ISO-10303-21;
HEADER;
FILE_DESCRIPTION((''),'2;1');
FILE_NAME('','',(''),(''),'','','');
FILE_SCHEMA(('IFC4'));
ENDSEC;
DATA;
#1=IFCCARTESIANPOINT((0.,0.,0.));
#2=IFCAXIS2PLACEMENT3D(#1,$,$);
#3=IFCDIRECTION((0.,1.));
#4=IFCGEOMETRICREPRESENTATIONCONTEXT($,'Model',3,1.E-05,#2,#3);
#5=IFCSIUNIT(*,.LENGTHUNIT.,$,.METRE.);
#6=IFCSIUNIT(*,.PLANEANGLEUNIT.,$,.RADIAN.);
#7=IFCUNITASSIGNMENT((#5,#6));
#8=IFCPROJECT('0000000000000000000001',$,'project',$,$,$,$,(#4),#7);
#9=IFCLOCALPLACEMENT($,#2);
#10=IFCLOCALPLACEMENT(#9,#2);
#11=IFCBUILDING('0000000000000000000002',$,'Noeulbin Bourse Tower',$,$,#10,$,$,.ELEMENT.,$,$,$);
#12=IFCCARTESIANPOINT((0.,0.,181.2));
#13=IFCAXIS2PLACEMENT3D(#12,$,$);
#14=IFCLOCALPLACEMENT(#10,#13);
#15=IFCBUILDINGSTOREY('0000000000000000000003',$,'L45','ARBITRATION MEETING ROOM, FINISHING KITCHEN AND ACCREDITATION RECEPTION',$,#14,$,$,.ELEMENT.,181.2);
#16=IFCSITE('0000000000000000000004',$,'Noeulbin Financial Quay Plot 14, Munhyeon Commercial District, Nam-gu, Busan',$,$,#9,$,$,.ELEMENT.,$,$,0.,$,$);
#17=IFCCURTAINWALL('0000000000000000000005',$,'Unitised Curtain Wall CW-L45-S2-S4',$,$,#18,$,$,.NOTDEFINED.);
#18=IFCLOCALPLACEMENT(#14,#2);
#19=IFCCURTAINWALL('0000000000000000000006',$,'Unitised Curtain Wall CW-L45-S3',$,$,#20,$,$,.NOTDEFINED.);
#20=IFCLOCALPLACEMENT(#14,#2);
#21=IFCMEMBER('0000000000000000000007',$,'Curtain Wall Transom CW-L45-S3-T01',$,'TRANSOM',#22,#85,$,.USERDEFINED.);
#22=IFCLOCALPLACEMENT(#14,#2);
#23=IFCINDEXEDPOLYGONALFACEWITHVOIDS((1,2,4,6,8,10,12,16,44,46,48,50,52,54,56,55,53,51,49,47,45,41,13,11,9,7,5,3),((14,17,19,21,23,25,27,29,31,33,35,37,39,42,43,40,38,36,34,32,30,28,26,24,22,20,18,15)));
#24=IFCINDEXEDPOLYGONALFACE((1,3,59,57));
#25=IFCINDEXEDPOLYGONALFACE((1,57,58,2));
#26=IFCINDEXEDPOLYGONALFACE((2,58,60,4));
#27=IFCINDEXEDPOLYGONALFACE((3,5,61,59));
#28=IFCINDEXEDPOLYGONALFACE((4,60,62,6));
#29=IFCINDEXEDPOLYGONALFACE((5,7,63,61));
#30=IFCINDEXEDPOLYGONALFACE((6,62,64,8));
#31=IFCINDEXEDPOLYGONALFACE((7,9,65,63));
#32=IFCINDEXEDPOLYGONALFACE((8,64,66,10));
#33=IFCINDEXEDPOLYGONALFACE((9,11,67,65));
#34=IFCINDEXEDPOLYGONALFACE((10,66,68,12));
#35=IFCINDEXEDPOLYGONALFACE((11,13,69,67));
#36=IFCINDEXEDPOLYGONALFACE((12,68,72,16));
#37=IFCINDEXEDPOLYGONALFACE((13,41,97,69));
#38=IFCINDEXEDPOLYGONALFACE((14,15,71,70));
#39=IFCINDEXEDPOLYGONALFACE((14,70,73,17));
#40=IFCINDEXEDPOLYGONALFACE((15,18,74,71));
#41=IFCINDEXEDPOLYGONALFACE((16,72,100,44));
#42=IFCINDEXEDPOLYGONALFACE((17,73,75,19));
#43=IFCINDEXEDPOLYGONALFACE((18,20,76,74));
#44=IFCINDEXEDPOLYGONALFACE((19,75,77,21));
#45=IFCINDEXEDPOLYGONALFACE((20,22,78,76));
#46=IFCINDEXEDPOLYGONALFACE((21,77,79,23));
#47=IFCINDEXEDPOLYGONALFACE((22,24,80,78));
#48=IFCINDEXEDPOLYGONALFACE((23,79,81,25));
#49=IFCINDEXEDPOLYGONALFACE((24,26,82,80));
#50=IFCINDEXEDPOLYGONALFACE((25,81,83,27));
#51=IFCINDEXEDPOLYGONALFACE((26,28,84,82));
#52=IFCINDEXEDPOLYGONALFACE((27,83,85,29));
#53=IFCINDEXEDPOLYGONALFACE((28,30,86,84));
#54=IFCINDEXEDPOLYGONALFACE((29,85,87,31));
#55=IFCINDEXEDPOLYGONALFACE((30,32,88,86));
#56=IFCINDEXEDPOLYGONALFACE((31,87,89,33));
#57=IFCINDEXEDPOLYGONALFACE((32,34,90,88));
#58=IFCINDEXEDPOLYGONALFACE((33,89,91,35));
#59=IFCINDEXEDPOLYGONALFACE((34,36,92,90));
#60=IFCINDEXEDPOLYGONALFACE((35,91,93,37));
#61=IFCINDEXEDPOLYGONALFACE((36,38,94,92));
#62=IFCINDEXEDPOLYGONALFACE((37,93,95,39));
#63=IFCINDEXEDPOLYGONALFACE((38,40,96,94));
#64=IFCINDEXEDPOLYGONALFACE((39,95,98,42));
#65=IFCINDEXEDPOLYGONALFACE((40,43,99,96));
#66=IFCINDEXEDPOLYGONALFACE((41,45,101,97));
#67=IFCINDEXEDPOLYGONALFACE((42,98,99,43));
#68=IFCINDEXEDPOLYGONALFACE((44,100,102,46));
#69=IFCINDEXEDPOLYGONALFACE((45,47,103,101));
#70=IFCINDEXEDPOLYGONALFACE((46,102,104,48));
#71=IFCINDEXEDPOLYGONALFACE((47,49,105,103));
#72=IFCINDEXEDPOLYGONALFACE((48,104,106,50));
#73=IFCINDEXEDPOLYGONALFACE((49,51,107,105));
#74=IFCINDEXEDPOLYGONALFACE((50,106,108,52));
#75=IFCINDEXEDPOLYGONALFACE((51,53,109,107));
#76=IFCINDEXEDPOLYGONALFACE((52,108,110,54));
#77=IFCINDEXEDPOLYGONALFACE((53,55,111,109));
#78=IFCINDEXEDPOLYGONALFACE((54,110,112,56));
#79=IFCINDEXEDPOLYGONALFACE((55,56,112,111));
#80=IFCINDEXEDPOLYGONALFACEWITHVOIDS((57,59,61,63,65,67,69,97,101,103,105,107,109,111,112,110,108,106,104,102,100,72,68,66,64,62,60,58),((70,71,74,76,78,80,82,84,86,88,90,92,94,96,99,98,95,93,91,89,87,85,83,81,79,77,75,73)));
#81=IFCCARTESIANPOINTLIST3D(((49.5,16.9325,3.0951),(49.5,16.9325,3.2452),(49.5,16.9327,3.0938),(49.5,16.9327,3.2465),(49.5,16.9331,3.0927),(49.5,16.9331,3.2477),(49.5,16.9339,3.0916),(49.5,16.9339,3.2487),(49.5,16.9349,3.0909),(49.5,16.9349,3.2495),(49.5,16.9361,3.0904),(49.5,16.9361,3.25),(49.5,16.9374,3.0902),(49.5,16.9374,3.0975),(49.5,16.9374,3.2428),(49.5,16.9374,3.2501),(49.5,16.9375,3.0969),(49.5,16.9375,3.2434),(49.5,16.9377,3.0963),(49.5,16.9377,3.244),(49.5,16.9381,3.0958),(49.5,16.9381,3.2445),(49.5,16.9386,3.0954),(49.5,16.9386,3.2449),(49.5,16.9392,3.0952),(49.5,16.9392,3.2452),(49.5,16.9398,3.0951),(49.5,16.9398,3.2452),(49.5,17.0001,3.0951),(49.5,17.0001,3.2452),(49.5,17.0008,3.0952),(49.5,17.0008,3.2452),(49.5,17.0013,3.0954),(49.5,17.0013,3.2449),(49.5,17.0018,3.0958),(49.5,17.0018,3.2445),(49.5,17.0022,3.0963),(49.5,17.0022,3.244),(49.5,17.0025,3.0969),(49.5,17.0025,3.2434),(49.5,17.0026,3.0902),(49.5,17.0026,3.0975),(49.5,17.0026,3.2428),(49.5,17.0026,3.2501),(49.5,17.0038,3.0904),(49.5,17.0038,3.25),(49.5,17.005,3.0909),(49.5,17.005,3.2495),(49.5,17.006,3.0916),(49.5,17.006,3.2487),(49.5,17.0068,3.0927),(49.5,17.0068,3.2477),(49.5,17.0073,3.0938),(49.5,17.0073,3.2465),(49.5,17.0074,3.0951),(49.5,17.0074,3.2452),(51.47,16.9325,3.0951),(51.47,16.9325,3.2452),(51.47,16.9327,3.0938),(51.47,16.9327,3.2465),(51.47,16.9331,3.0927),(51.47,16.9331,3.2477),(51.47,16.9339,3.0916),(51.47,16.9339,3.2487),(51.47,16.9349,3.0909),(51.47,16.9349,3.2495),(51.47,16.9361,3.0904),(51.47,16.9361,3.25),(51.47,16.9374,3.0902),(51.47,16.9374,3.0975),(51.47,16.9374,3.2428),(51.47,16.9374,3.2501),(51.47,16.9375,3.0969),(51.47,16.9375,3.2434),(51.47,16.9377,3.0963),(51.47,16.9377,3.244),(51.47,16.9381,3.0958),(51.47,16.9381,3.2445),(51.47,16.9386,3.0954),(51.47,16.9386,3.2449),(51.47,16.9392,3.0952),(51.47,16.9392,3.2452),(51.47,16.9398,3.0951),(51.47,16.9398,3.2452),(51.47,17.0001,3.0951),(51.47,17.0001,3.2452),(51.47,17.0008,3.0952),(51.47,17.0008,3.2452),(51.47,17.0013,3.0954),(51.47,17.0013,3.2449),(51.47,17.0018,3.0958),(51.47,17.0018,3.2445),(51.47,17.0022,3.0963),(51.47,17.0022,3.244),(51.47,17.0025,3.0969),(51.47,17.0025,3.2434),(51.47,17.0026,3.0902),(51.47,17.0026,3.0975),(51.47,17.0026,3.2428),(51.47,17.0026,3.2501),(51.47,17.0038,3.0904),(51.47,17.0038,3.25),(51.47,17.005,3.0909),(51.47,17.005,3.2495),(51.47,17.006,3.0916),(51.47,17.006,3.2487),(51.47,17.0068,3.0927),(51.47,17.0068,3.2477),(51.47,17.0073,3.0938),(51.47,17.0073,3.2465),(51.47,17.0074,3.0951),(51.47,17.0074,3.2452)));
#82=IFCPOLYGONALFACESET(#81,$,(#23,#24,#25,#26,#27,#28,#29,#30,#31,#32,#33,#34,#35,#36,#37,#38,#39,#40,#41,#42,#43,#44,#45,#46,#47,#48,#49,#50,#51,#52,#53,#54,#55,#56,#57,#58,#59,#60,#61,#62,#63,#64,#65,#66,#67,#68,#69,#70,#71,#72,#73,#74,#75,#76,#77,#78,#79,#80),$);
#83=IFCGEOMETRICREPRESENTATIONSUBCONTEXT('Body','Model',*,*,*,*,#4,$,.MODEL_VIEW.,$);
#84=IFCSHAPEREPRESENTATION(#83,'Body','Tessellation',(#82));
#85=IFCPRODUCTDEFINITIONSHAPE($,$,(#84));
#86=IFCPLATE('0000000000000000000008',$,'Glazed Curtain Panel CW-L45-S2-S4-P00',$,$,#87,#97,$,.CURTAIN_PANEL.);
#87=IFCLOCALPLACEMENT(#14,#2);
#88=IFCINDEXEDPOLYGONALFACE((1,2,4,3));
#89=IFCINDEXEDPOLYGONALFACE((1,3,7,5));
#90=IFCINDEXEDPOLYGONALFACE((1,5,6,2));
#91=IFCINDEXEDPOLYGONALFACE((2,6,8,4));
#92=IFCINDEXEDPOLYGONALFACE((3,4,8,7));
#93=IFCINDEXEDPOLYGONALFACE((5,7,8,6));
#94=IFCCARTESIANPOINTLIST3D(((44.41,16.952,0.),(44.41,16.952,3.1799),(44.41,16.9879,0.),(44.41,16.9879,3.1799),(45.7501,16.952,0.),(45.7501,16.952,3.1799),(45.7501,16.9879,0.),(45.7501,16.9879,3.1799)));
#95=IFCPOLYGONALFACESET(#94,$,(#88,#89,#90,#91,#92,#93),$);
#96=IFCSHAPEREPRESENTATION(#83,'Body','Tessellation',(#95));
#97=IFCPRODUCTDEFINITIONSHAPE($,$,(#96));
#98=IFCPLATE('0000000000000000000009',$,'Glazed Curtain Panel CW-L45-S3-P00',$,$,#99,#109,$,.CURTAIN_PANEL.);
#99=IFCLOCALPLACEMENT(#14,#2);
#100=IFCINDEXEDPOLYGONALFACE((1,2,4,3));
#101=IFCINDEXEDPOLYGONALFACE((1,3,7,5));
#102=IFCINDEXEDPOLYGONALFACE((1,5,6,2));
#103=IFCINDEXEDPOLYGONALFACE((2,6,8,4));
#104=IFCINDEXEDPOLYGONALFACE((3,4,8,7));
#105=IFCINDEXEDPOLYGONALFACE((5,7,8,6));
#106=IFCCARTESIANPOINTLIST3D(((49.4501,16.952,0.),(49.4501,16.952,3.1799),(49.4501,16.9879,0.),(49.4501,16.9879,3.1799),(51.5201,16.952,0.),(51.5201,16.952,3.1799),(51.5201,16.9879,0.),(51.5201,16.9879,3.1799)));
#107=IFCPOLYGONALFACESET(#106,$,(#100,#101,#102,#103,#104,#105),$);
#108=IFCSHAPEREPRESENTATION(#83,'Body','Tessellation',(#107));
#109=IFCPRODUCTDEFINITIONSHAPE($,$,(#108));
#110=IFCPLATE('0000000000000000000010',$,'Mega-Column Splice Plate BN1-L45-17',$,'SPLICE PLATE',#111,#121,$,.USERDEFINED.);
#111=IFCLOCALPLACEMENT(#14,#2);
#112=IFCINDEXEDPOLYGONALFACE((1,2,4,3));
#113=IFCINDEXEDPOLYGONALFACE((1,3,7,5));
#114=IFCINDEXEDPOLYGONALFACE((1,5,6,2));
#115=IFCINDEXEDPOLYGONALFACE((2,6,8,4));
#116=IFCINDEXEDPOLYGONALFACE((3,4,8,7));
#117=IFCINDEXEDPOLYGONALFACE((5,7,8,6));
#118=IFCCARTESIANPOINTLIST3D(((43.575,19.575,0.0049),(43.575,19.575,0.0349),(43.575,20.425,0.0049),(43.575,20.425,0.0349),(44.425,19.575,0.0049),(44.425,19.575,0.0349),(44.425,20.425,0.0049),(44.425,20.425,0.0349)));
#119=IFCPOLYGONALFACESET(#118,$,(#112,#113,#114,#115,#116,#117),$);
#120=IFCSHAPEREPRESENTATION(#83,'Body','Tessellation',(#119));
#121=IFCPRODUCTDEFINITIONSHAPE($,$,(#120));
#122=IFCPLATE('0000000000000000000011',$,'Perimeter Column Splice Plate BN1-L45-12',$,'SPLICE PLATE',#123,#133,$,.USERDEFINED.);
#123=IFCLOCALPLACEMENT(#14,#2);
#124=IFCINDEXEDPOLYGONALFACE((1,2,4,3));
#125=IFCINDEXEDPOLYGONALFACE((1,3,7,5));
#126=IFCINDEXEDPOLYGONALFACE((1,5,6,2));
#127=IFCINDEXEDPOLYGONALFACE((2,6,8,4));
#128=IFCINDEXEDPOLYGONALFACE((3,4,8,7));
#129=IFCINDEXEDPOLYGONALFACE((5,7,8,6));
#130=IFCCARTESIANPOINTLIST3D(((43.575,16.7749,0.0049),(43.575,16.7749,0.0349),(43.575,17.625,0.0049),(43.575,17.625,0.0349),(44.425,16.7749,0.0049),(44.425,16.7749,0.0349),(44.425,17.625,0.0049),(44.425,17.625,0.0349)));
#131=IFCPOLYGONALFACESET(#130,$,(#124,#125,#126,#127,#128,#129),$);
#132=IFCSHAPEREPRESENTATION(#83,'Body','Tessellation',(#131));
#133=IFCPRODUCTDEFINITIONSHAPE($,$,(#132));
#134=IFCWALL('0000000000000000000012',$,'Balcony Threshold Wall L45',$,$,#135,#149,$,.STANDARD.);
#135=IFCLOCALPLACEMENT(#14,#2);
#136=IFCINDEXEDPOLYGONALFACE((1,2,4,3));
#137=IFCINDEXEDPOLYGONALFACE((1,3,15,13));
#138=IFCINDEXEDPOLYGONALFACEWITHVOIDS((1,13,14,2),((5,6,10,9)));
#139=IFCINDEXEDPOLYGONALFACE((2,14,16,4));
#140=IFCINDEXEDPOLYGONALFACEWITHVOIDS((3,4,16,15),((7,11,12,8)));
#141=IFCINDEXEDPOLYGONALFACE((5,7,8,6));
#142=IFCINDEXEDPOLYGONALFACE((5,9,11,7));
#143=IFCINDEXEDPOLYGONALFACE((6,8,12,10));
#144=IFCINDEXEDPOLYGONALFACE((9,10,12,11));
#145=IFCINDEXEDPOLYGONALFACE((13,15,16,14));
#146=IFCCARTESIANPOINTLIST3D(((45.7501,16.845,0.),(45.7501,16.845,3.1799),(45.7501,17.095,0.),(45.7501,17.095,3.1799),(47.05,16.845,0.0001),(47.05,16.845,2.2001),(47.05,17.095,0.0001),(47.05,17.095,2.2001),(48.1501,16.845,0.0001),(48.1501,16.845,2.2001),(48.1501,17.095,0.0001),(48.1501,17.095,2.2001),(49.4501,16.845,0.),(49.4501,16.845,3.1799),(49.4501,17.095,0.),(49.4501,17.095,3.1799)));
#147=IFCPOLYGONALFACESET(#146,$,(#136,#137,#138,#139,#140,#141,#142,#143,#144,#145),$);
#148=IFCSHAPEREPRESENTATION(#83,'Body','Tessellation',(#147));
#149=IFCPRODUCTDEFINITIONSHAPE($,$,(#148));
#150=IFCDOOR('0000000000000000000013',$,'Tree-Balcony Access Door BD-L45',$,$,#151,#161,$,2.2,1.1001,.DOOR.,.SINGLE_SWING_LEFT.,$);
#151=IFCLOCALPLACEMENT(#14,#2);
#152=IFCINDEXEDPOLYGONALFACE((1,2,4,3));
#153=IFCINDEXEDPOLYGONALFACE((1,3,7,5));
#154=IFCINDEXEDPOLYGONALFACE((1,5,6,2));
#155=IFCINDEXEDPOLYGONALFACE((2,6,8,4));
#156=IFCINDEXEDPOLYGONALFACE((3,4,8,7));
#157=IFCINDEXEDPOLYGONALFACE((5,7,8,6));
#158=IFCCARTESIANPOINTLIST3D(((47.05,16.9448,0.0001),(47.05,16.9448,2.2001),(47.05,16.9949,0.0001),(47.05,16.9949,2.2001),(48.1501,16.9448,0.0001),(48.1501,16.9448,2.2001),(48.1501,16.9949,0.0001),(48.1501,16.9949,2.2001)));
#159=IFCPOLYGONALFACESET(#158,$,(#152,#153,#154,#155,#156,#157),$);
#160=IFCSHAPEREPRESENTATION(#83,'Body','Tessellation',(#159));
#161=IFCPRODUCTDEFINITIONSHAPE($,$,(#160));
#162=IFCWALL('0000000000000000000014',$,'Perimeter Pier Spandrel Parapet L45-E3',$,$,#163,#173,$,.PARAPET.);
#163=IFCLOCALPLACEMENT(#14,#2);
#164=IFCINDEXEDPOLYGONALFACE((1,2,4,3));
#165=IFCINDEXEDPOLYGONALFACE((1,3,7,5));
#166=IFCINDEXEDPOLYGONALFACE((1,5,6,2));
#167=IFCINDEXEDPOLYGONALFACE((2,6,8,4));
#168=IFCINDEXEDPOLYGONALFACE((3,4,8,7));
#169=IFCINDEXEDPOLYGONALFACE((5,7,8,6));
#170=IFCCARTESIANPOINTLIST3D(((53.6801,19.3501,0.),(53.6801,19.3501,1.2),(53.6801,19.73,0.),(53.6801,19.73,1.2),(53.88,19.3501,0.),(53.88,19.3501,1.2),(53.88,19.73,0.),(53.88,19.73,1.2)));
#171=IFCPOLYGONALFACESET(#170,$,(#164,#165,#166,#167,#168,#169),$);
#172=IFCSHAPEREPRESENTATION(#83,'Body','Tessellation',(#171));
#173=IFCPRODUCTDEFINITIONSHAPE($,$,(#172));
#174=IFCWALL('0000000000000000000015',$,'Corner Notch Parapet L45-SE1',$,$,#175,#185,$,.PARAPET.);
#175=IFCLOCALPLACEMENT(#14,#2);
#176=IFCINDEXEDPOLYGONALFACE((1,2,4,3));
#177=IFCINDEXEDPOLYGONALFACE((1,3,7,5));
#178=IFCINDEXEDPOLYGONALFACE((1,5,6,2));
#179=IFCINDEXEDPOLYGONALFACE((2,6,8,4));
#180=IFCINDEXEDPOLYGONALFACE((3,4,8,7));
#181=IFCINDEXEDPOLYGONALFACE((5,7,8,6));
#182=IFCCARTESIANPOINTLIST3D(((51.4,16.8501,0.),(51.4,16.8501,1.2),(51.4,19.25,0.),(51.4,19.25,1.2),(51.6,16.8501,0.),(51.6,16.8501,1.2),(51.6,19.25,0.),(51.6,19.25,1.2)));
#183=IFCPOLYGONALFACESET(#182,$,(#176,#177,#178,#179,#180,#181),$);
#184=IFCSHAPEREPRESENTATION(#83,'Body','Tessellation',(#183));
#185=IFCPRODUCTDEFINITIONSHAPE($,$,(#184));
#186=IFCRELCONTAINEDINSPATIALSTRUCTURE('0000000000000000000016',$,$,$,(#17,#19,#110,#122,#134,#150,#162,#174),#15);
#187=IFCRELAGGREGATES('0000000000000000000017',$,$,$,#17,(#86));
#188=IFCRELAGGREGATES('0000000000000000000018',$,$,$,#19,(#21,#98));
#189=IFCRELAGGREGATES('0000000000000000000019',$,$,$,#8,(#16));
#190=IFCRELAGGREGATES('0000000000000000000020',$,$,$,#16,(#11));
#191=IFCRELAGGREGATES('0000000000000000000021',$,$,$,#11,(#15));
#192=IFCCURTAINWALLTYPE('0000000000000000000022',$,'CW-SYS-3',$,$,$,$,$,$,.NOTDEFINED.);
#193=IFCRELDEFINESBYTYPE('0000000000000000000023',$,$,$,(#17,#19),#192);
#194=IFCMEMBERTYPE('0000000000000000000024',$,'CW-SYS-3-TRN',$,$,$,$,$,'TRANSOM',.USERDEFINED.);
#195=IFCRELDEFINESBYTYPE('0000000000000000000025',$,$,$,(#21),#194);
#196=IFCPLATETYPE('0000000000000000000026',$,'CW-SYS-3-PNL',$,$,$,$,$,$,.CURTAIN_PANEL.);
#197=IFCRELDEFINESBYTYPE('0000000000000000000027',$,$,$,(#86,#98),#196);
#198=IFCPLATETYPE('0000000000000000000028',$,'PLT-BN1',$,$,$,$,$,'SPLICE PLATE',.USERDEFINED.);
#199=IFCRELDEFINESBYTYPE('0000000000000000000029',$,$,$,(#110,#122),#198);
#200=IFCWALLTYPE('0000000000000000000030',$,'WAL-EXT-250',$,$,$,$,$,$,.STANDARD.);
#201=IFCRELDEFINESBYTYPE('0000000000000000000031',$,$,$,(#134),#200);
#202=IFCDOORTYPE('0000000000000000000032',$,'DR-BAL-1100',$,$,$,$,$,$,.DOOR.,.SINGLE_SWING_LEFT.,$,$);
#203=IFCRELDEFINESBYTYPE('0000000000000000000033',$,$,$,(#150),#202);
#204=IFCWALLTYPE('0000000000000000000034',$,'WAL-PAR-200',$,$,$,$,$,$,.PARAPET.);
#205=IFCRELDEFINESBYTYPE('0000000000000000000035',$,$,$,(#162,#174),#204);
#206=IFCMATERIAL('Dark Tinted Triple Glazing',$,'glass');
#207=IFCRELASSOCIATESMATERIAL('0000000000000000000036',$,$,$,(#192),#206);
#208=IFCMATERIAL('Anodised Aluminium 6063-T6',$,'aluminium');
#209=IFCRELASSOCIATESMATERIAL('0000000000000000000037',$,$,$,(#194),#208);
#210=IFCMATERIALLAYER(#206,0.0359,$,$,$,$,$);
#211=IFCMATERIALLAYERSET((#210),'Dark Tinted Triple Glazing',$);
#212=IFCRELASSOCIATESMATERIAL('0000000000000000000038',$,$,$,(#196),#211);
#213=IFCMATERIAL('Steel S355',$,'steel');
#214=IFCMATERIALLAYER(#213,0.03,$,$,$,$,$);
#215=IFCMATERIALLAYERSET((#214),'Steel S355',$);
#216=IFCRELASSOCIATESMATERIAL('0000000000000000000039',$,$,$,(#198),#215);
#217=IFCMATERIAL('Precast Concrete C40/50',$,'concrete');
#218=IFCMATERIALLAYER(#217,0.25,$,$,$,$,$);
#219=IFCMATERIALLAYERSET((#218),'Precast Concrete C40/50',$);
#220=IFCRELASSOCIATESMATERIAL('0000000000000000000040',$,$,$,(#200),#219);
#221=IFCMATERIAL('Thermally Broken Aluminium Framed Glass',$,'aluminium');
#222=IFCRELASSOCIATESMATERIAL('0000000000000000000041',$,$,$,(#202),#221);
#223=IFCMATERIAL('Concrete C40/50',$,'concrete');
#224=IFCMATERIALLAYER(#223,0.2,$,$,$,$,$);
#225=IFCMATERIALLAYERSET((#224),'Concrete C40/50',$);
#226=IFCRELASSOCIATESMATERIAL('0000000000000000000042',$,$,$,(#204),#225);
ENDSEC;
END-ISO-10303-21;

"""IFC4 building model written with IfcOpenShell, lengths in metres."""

from ifc_helpers import new_model, si_unit, direction, frame, frame_2d, origin, origin_2d, place, context, subcontext, project, spatial, rectangle, hollow_rectangle, extrude, material, layer, layer_set, material_profile, profile_set, type_object, element, fill, aggregate, save


model = new_model("IFC4")

# Units and contexts
model_context = context("Model", 3, precision=1e-05, world=origin(), true_north=direction((0.0, 1.0)))
body_context = subcontext(model_context, "Body", "Model", "MODEL_VIEW")
ifc_project = project(units=[si_unit("LENGTHUNIT", "METRE"), si_unit("PLANEANGLEUNIT", "RADIAN")], contexts=[model_context])

# Site, building, storey
site_placement = place(None, origin())
site = spatial("IfcSite", under=ifc_project, at=site_placement, Name="Noeulbin Financial Quay Plot 14, Munhyeon Commercial District, Nam-gu, Busan", CompositionType="ELEMENT", RefElevation=0.0)
building_placement = place(site_placement, origin())
building = spatial("IfcBuilding", under=site, at=building_placement, Name="Noeulbin Bourse Tower", CompositionType="ELEMENT")
storey_placement = place(building_placement, frame((0.0, 0.0, 181.2)))
storey = spatial("IfcBuildingStorey", under=building, at=storey_placement, Name="L45", Description="ARBITRATION MEETING ROOM, FINISHING KITCHEN AND ACCREDITATION RECEPTION", CompositionType="ELEMENT", Elevation=181.2)

# Shared definitions
ifc_material_1 = material(Name="Steel S355", Category="steel")

# Shared definitions
ifc_material_2 = material(Name="Dark Tinted Triple Glazing", Category="glass")
curtain_wall_type = type_object("IfcCurtainWallType", Name="CW-SYS-3", PredefinedType="NOTDEFINED", material=ifc_material_2)
ifc_material_3 = material(Name="Anodised Aluminium 6063-T6", Category="aluminium")

# Curtain walls
curtain_wall_1_placement = place(storey_placement, origin())
curtain_wall_1 = element("IfcCurtainWall", 1, at=curtain_wall_1_placement, inside=storey, type_object=curtain_wall_type, Name="Unitised Curtain Wall CW-L45-S2-S4", PredefinedType="NOTDEFINED")
curtain_wall_2_placement = place(storey_placement, origin())
curtain_wall_2 = element("IfcCurtainWall", 2, at=curtain_wall_2_placement, inside=storey, type_object=curtain_wall_type, Name="Unitised Curtain Wall CW-L45-S3", PredefinedType="NOTDEFINED")

# Member
ifc_material_profile_1 = material_profile(ifc_material_3, hollow_rectangle(XDim=0.075, YDim=0.1599, WallThickness=0.0049, InnerFilletRadius=0.0024, OuterFilletRadius=0.0049, at=origin_2d()), Name="ALU-TRAN-75x160x5", Category="LoadBearing")
ifc_profile_set_1 = profile_set([ifc_material_profile_1], Name="Anodised Aluminium 6063-T6")
member_type_1 = type_object("IfcMemberType", Name="CW-SYS-3-TRN", ElementType="TRANSOM", PredefinedType="USERDEFINED", material=ifc_profile_set_1)
member_1_placement = place(storey_placement, frame((49.5, 16.97, 3.1702), z_axis=(1.0, 0.0, 0.0), x_axis=(0.0, 1.0, 0.0)))
member_1 = element("IfcMember", 3, at=member_1_placement, type_object=member_type_1, Name="Curtain Wall Transom CW-L45-S3-T01", ObjectType="TRANSOM", PredefinedType="USERDEFINED", context=body_context, shape_type="SweptSolid", body=[
    extrude(hollow_rectangle(XDim=0.075, YDim=0.1599, WallThickness=0.0049, InnerFilletRadius=0.0024, OuterFilletRadius=0.0049, at=origin_2d()), origin(), (0.0, 0.0, 1.0), 1.97),
])

# Plates
ifc_layer_1 = layer(ifc_material_2, 0.0359)
ifc_layer_set_1 = layer_set([ifc_layer_1], Name="Dark Tinted Triple Glazing")
plate_type_1 = type_object("IfcPlateType", Name="CW-SYS-3-PNL", PredefinedType="CURTAIN_PANEL", material=ifc_layer_set_1)
plate_1_placement = place(storey_placement, frame((45.0801, 16.97, 0.0), z_axis=(0.0, 0.0, 1.0), x_axis=(1.0, 0.0, 0.0)))
plate_1 = element("IfcPlate", 4, at=plate_1_placement, type_object=plate_type_1, Name="Glazed Curtain Panel CW-L45-S2-S4-P00", PredefinedType="CURTAIN_PANEL", context=body_context, shape_type="SweptSolid", body=[
    extrude(rectangle(XDim=1.3401, YDim=0.0359, at=origin_2d()), origin(), (0.0, 0.0, 1.0), 3.1799),
])
aggregate(curtain_wall_1, [plate_1])
plate_2_placement = place(storey_placement, frame((50.4851, 16.97, 0.0), z_axis=(0.0, 0.0, 1.0), x_axis=(1.0, 0.0, 0.0)))
plate_2 = element("IfcPlate", 5, at=plate_2_placement, type_object=plate_type_1, Name="Glazed Curtain Panel CW-L45-S3-P00", PredefinedType="CURTAIN_PANEL", context=body_context, shape_type="SweptSolid", body=[
    extrude(rectangle(XDim=2.0701, YDim=0.0359, at=origin_2d()), origin(), (0.0, 0.0, 1.0), 3.1799),
])
aggregate(curtain_wall_2, [member_1, plate_2])

# Plates
ifc_layer_2 = layer(ifc_material_1, 0.03)
ifc_layer_set_2 = layer_set([ifc_layer_2], Name="Steel S355")
plate_type_2 = type_object("IfcPlateType", Name="PLT-BN1", ElementType="SPLICE PLATE", PredefinedType="USERDEFINED", material=ifc_layer_set_2)
for number, where, z_axis, x_axis, name in (
    (6, (44.0, 20.0, 0.0049), (0.0, 0.0, 1.0), (1.0, 0.0, 0.0), "Mega-Column Splice Plate BN1-L45-17"),
    (7, (44.0, 17.2, 0.0049), (0.0, 0.0, 1.0), (1.0, 0.0, 0.0), "Perimeter Column Splice Plate BN1-L45-12"),
):
    element("IfcPlate", number, at=place(storey_placement, frame(where, z_axis=z_axis, x_axis=x_axis)), inside=storey, type_object=plate_type_2, Name=name, ObjectType="SPLICE PLATE", PredefinedType="USERDEFINED", context=body_context, shape_type="SweptSolid", body=[
        extrude(rectangle(XDim=0.8501, YDim=0.8501, at=origin_2d()), origin(), (0.0, 0.0, 1.0), 0.03),
    ])

# Wall, opening, door
ifc_material_4 = material(Name="Precast Concrete C40/50", Category="concrete")
ifc_layer_3 = layer(ifc_material_4, 0.25)
ifc_layer_set_3 = layer_set([ifc_layer_3], Name="Precast Concrete C40/50")
wall_type_1 = type_object("IfcWallType", Name="WAL-EXT-250", PredefinedType="STANDARD", material=ifc_layer_set_3)
wall_1_placement = place(storey_placement, frame((45.75, 16.97, 0.0), z_axis=(0.0, 0.0, 1.0), x_axis=(1.0, 0.0, 0.0)))
wall_1 = element("IfcWall", 8, at=wall_1_placement, inside=storey, type_object=wall_type_1, Name="Balcony Threshold Wall L45", PredefinedType="STANDARD", context=body_context, shape_type="SweptSolid", body=[
    extrude(rectangle(XDim=3.7, YDim=0.25, at=frame_2d((1.8501, 0.0))), origin(), (0.0, 0.0, 1.0), 3.1799),
])
opening_placement = place(wall_1_placement, frame((1.3, 0.0, 0.0)))
opening = element("IfcOpeningElement", 9, at=opening_placement, cuts=wall_1, PredefinedType="OPENING", context=body_context, shape_type="SweptSolid", body=[
    extrude(rectangle(XDim=1.1001, YDim=2.2, at=frame_2d((0.55, 1.1001))), frame((0.0, 0.135, 0.0), z_axis=(0.0, -1.0, 0.0), x_axis=(1.0, 0.0, 0.0)), (0.0, 0.0, 1.0), 0.27),
])
ifc_material_5 = material(Name="Thermally Broken Aluminium Framed Glass", Category="aluminium")
door_type = type_object("IfcDoorType", Name="DR-BAL-1100", OperationType="SINGLE_SWING_LEFT", PredefinedType="DOOR", material=ifc_material_5)
door_placement = place(opening_placement, origin())
door = element("IfcDoor", 10, at=door_placement, inside=storey, type_object=door_type, Name="Tree-Balcony Access Door BD-L45", OperationType="SINGLE_SWING_LEFT", OverallHeight=2.2, OverallWidth=1.1001, PredefinedType="DOOR", context=body_context, shape_type="SweptSolid", body=[
    extrude(rectangle(XDim=1.1001, YDim=2.2, at=frame_2d((0.55, 1.1001))), frame((0.0, 0.0249, 0.0), z_axis=(0.0, -1.0, 0.0), x_axis=(1.0, 0.0, 0.0)), (0.0, 0.0, 1.0), 0.05),
])
fill(opening, door)

# Walls
ifc_material_6 = material(Name="Concrete C40/50", Category="concrete")
ifc_layer_4 = layer(ifc_material_6, 0.2)
ifc_layer_set_4 = layer_set([ifc_layer_4], Name="Concrete C40/50")
wall_type_2 = type_object("IfcWallType", Name="WAL-PAR-200", PredefinedType="PARAPET", material=ifc_layer_set_4)
wall_2_placement = place(storey_placement, frame((53.78, 19.3501, 0.0), z_axis=(0.0, 0.0, 1.0), x_axis=(0.0, 1.0, 0.0)))
element("IfcWall", 11, at=wall_2_placement, inside=storey, type_object=wall_type_2, Name="Perimeter Pier Spandrel Parapet L45-E3", PredefinedType="PARAPET", context=body_context, shape_type="SweptSolid", body=[
    extrude(rectangle(XDim=0.3799, YDim=0.2, at=frame_2d((0.1899, 0.0))), origin(), (0.0, 0.0, 1.0), 1.2),
])
for number, where, z_axis, x_axis, name in (
    (12, (51.5, 16.8501, 0.0), (0.0, 0.0, 1.0), (0.0, 1.0, 0.0), "Corner Notch Parapet L45-SE1"),
):
    element("IfcWall", number, at=place(storey_placement, frame(where, z_axis=z_axis, x_axis=x_axis)), inside=storey, type_object=wall_type_2, Name=name, PredefinedType="PARAPET", context=body_context, shape_type="SweptSolid", body=[
        extrude(rectangle(XDim=2.3999, YDim=0.2, at=frame_2d((1.2, 0.0))), origin(), (0.0, 0.0, 1.0), 1.2),
    ])

save(model, "model.ifc")
